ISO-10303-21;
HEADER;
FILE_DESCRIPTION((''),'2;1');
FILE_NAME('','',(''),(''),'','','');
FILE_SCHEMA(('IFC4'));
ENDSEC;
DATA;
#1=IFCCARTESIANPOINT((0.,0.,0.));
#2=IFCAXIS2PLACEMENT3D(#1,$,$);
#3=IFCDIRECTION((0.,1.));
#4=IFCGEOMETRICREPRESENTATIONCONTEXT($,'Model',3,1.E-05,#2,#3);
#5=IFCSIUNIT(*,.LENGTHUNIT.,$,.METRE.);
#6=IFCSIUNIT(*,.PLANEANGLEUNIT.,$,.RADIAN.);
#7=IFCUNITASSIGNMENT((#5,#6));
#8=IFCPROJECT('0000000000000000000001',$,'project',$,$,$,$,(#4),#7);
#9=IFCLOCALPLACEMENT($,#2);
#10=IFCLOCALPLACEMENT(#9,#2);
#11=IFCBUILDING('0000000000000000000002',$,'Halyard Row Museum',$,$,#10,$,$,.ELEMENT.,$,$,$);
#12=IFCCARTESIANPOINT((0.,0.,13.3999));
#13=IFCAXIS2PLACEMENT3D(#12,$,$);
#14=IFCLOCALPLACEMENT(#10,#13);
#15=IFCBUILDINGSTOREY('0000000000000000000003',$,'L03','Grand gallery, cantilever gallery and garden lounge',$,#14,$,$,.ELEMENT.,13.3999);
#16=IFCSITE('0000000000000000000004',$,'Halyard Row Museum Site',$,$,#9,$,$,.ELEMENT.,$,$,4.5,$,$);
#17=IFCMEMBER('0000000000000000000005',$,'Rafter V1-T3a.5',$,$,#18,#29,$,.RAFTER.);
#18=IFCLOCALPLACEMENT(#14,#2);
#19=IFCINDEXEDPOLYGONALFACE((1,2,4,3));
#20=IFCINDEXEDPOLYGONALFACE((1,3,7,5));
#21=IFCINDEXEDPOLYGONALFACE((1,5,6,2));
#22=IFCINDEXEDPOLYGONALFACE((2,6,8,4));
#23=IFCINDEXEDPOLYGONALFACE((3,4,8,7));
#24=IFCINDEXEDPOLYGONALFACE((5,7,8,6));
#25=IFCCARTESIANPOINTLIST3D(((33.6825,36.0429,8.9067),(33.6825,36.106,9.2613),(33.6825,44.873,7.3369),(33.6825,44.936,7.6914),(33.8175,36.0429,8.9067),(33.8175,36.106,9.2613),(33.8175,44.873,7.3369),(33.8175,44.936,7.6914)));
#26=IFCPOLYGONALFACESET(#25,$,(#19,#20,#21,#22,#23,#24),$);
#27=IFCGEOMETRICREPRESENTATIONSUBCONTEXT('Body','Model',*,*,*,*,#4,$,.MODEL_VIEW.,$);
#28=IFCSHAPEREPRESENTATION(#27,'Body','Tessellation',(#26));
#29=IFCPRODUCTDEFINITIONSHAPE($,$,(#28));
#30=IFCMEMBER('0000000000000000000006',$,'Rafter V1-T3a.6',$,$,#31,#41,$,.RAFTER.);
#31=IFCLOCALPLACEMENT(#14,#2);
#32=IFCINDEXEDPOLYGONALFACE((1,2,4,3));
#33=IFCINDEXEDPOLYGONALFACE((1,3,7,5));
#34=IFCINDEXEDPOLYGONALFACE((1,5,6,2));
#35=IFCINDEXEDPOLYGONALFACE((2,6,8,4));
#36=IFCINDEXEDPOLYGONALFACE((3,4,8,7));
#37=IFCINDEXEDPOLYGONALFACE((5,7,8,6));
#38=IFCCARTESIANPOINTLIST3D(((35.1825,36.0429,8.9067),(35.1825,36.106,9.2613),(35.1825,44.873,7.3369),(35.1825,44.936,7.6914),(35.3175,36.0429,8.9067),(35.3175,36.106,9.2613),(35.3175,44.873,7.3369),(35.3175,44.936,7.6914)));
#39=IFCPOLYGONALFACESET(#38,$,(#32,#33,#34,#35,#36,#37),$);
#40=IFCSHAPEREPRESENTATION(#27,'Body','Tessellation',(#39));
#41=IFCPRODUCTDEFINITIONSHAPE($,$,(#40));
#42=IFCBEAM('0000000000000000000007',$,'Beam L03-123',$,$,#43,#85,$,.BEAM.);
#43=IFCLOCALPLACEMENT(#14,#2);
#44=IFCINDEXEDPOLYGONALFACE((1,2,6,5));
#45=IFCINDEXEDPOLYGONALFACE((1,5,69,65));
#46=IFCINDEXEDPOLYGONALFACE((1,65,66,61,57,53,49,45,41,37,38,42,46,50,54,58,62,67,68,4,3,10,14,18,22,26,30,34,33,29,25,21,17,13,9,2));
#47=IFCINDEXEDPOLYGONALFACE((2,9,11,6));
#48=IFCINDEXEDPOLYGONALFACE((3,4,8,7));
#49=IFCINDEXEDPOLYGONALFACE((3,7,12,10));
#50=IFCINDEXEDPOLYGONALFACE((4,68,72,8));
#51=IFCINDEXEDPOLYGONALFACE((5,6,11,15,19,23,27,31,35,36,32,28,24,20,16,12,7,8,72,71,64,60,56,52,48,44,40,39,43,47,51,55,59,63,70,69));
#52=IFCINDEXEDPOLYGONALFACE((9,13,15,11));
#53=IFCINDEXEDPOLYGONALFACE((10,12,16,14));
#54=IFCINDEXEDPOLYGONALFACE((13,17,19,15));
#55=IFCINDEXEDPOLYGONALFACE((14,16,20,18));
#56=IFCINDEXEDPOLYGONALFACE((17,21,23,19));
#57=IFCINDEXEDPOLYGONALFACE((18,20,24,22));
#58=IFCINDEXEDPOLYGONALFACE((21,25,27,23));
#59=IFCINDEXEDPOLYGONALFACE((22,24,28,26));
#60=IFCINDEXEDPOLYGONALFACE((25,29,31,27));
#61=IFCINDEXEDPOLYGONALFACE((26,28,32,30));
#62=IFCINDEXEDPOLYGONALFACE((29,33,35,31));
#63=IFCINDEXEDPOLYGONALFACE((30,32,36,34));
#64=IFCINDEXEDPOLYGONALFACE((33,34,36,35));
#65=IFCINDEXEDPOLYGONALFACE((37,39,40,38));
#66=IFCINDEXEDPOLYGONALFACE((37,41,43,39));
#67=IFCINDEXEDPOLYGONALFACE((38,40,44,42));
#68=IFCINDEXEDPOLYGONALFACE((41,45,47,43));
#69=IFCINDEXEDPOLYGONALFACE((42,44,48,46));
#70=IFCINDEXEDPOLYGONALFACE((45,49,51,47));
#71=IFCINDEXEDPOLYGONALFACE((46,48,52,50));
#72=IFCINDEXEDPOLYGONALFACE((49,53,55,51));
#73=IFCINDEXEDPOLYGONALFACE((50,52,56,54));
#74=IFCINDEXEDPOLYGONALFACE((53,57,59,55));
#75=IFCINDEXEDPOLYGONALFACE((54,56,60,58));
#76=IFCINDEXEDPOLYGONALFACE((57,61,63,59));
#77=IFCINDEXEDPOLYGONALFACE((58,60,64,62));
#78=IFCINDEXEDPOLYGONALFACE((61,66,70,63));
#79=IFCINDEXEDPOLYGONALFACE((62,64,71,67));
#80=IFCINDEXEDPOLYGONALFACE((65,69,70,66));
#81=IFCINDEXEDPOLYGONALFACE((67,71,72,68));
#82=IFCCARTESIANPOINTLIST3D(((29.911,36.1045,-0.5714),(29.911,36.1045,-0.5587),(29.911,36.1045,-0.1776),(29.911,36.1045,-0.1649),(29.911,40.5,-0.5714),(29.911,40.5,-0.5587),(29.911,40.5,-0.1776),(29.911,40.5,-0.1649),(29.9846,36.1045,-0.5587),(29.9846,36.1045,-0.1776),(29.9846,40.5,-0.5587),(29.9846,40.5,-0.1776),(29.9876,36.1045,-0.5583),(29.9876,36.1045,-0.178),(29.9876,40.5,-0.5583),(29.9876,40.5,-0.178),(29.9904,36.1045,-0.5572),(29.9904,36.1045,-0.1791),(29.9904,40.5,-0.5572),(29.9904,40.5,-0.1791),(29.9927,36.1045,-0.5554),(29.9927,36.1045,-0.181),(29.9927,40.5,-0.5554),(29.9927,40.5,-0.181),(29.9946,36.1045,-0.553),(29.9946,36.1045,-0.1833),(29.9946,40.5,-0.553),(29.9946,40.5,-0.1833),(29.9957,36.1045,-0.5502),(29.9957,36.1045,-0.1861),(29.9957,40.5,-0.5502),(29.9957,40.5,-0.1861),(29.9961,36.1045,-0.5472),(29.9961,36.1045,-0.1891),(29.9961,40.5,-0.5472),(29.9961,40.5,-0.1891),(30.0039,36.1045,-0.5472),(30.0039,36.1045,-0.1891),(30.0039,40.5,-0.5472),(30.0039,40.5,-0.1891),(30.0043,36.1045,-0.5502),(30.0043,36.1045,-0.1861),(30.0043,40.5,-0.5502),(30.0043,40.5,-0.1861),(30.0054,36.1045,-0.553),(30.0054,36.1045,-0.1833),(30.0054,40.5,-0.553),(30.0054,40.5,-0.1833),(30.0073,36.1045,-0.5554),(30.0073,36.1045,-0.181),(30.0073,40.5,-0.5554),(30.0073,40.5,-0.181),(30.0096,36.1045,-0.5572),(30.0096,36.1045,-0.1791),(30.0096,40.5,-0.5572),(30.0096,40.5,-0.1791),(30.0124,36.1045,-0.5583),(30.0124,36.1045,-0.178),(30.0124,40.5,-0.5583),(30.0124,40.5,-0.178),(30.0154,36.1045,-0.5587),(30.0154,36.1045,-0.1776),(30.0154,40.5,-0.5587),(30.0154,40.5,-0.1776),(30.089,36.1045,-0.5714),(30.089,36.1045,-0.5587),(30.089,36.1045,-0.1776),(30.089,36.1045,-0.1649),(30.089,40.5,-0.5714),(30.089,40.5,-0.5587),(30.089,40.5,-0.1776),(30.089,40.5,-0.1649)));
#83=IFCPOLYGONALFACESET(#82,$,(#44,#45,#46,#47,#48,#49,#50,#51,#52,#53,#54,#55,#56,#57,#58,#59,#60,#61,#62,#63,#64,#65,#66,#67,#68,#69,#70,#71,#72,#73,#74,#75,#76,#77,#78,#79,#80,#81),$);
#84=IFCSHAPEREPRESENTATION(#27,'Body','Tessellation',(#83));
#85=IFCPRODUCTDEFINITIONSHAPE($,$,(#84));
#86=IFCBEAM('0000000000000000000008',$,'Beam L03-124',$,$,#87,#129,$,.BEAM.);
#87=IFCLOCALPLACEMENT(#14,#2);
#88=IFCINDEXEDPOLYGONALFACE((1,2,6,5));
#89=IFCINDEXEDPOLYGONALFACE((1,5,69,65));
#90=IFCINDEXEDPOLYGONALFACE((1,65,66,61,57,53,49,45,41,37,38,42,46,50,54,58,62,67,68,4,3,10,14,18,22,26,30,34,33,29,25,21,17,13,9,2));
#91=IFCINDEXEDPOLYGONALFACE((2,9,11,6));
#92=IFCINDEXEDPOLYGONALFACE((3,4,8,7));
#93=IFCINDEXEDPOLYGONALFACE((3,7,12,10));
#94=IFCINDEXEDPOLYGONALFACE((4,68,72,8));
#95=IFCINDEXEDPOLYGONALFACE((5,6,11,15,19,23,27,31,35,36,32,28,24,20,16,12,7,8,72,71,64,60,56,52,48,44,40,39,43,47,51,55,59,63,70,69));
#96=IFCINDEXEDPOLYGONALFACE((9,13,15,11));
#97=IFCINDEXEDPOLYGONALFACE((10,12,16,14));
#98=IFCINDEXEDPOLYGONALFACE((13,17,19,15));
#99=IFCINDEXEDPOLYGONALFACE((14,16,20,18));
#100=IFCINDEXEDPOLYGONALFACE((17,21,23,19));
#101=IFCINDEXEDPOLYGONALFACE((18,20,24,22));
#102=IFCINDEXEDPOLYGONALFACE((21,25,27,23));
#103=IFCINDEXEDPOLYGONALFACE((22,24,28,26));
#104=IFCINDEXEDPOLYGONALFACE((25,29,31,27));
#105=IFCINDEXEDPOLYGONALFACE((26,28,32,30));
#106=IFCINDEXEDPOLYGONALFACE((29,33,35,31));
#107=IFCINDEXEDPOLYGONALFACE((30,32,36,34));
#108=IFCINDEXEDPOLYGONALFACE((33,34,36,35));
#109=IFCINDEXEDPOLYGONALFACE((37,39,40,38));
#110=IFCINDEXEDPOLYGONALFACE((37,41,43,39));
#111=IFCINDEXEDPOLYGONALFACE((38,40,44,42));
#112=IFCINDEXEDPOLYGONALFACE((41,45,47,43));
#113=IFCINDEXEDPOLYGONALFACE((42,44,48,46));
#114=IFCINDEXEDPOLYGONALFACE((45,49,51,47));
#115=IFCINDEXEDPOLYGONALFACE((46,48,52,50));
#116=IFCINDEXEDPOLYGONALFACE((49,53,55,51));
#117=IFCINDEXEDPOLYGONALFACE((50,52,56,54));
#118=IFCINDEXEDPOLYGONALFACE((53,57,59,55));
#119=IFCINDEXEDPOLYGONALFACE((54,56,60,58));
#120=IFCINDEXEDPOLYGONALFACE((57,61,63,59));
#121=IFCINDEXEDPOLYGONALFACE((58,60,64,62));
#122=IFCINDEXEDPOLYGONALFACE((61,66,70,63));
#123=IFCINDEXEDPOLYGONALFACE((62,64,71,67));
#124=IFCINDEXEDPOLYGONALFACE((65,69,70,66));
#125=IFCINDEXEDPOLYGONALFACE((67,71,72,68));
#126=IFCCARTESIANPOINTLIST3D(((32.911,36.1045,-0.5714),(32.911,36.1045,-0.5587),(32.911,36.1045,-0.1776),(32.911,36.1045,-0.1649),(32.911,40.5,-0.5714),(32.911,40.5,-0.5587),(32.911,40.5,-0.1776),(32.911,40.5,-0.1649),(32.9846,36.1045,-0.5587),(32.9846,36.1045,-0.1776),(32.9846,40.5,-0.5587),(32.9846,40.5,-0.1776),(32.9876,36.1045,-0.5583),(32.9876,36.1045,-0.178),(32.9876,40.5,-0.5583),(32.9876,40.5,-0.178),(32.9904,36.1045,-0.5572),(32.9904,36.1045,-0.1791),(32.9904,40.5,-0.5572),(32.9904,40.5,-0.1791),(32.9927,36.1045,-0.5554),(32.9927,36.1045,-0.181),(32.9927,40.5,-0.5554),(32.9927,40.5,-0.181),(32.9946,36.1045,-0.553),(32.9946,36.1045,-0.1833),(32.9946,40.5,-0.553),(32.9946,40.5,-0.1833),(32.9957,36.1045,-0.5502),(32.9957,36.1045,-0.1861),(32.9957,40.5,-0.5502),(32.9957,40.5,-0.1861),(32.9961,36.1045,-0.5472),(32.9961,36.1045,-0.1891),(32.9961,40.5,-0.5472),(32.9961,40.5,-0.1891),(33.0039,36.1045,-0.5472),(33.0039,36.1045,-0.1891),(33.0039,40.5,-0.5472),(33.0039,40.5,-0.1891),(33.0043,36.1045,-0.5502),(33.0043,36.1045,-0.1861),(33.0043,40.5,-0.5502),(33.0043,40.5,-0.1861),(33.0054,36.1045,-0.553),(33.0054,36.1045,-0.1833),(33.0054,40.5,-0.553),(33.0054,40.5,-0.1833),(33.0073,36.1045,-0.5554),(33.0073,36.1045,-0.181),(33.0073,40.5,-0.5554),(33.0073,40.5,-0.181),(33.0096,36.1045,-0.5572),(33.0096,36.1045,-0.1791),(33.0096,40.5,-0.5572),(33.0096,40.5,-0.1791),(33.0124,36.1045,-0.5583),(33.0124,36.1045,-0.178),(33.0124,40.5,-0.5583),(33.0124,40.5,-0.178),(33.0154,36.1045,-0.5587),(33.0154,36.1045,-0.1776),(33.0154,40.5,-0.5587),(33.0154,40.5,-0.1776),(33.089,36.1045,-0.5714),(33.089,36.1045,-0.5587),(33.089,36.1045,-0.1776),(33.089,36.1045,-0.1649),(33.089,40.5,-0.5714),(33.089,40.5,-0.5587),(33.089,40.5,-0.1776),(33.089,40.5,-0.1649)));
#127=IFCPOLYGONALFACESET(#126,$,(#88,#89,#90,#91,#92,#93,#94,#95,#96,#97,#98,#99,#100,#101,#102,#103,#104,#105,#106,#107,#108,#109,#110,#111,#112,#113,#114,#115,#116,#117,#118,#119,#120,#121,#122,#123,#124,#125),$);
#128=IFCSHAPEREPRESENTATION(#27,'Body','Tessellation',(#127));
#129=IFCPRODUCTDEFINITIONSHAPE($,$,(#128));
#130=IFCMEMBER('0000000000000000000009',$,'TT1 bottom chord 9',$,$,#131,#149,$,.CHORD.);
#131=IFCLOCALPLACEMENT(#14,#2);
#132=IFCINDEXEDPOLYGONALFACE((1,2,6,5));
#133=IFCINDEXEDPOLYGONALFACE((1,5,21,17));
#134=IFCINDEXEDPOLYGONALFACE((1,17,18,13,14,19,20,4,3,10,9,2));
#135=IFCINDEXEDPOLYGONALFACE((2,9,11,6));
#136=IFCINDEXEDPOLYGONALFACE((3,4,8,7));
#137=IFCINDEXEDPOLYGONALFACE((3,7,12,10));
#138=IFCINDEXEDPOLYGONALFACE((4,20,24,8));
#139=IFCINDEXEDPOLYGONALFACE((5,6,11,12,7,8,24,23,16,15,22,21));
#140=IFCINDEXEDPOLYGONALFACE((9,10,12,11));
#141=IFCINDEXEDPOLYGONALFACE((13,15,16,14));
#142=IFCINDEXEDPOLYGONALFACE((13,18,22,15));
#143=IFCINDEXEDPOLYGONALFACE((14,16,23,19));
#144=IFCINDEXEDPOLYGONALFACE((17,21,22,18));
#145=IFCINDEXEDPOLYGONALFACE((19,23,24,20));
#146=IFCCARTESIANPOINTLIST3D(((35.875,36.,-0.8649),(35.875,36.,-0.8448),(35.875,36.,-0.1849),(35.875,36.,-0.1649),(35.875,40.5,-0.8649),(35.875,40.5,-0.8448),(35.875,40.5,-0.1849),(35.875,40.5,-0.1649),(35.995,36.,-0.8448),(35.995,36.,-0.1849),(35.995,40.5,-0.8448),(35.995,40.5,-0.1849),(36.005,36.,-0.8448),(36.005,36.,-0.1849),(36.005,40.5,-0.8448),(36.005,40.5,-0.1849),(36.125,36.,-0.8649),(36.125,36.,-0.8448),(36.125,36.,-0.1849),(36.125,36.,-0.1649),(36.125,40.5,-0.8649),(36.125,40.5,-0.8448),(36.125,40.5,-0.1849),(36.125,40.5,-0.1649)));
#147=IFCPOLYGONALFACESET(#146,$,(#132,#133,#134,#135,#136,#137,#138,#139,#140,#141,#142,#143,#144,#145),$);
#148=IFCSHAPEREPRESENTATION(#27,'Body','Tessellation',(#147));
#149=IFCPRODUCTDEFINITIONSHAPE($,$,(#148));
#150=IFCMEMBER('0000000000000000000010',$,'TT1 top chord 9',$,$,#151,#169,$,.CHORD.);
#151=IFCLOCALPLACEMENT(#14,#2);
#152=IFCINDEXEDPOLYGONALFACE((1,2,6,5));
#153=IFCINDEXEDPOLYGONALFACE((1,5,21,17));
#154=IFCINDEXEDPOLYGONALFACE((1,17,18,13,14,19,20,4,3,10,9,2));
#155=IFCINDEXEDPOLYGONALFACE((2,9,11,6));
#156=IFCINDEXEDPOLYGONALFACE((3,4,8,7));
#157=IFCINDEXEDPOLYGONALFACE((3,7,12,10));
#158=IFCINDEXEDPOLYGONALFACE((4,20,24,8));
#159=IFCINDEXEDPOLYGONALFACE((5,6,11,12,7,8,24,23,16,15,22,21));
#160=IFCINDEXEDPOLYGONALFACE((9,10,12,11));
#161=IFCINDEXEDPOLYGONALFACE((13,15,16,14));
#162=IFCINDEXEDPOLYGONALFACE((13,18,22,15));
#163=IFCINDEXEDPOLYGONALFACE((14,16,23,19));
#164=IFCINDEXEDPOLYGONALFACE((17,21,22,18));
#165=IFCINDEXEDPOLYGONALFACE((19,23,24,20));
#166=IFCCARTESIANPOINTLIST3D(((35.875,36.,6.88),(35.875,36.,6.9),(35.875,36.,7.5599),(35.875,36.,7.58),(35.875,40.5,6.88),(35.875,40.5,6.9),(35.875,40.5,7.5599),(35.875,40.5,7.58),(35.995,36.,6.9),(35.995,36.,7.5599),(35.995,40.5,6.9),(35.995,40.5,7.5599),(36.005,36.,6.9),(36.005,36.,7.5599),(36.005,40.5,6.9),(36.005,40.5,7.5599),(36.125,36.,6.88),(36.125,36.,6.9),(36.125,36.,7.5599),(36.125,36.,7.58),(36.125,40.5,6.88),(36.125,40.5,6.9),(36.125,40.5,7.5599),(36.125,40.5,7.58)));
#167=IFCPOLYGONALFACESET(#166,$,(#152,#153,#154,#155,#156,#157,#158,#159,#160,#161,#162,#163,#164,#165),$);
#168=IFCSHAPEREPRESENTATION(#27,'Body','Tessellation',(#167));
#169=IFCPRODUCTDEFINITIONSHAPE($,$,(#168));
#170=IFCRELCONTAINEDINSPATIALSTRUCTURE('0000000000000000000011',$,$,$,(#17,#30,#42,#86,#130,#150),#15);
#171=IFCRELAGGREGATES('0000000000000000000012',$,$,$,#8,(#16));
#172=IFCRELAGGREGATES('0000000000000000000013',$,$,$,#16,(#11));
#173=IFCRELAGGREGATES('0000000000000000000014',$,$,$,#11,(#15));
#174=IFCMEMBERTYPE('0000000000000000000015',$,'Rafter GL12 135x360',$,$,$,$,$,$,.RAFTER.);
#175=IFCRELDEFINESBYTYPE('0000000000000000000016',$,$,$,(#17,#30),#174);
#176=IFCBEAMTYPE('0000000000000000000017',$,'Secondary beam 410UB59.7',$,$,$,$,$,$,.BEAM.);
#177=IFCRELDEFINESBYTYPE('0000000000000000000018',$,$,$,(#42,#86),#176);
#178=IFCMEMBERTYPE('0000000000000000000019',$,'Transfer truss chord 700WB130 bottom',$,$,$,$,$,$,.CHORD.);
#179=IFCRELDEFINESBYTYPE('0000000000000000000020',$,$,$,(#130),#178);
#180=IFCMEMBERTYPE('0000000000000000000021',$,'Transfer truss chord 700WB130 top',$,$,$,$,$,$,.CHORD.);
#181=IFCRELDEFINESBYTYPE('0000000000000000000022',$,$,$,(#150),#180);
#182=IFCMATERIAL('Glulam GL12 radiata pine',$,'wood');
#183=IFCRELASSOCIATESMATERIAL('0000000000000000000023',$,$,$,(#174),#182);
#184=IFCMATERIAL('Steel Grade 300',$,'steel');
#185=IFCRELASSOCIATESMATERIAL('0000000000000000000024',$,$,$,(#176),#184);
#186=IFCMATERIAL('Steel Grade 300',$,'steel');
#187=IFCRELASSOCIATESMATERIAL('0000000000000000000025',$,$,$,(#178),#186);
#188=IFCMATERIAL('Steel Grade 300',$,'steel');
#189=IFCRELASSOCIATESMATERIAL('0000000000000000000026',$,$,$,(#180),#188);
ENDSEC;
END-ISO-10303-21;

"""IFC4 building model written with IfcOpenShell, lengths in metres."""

from ifc_helpers import new_model, si_unit, direction, frame, origin, origin_2d, place, context, subcontext, project, spatial, rectangle, i_section, extrude, material, material_profile, profile_set, type_object, element, save


model = new_model("IFC4")

# Units and contexts
model_context = context("Model", 3, precision=1e-05, world=origin(), true_north=direction((0.0, 1.0)))
body_context = subcontext(model_context, "Body", "Model", "MODEL_VIEW")
ifc_project = project(units=[si_unit("LENGTHUNIT", "METRE"), si_unit("PLANEANGLEUNIT", "RADIAN")], contexts=[model_context])

# Site, building, storey
site_placement = place(None, origin())
site = spatial("IfcSite", under=ifc_project, at=site_placement, Name="Halyard Row Museum Site", CompositionType="ELEMENT", RefElevation=4.5)
building_placement = place(site_placement, origin())
building = spatial("IfcBuilding", under=site, at=building_placement, Name="Halyard Row Museum", CompositionType="ELEMENT")
storey_placement = place(building_placement, frame((0.0, 0.0, 13.3999)))
storey = spatial("IfcBuildingStorey", under=building, at=storey_placement, Name="L03", Description="Grand gallery, cantilever gallery and garden lounge", CompositionType="ELEMENT", Elevation=13.3999)

# Members
ifc_material_1 = material(Name="Glulam GL12 radiata pine", Category="wood")
ifc_material_profile_1 = material_profile(ifc_material_1, rectangle(XDim=0.135, YDim=0.3601, at=origin_2d()), Name="GL12 135x360")
ifc_profile_set_1 = profile_set([ifc_material_profile_1], Name="Glulam GL12 radiata pine")
member_type_1 = type_object("IfcMemberType", Name="Rafter GL12 135x360", PredefinedType="RAFTER", material=ifc_profile_set_1)
for number, where, z_axis, x_axis, name in (
    (1, (33.75, 36.0745, 9.084), (0.0, 0.984562, -0.175037), (-1.0, 0.0, 0.0), "Rafter V1-T3a.5"),
    (2, (35.25, 36.0745, 9.084), (0.0, 0.984562, -0.175037), (-1.0, 0.0, 0.0), "Rafter V1-T3a.6"),
):
    element("IfcMember", number, at=place(storey_placement, frame(where, z_axis=z_axis, x_axis=x_axis)), inside=storey, type_object=member_type_1, Name=name, PredefinedType="RAFTER", context=body_context, shape_type="SweptSolid", body=[
        extrude(rectangle(XDim=0.135, YDim=0.3601, at=origin_2d()), origin(), (0.0, 0.0, 1.0), 8.9685),
    ])

# Beams
ifc_material_2 = material(Name="Steel Grade 300", Category="steel")
ifc_material_profile_2 = material_profile(ifc_material_2, i_section(OverallWidth=0.178, OverallDepth=0.4065, WebThickness=0.0078, FlangeThickness=0.0127, FilletRadius=0.0115, at=origin_2d()), Name="410UB59.7")
ifc_profile_set_2 = profile_set([ifc_material_profile_2], Name="Steel Grade 300")
beam_type_1 = type_object("IfcBeamType", Name="Secondary beam 410UB59.7", PredefinedType="BEAM", material=ifc_profile_set_2)
for number, where, z_axis, x_axis, name in (
    (3, (30.0, 36.1045, -0.3682), (0.0, 1.0, 0.0), (-1.0, 0.0, 0.0), "Beam L03-123"),
    (4, (33.0, 36.1045, -0.3682), (0.0, 1.0, 0.0), (-1.0, 0.0, 0.0), "Beam L03-124"),
):
    element("IfcBeam", number, at=place(storey_placement, frame(where, z_axis=z_axis, x_axis=x_axis)), inside=storey, type_object=beam_type_1, Name=name, PredefinedType="BEAM", context=body_context, shape_type="SweptSolid", body=[
        extrude(i_section(OverallWidth=0.178, OverallDepth=0.4065, WebThickness=0.0078, FlangeThickness=0.0127, FilletRadius=0.0115, at=origin_2d()), origin(), (0.0, 0.0, 1.0), 4.3955),
    ])

# Members
ifc_material_3 = material(Name="Steel Grade 300", Category="steel")
ifc_material_profile_3 = material_profile(ifc_material_3, i_section(OverallWidth=0.25, OverallDepth=0.7, WebThickness=0.01, FlangeThickness=0.02, at=origin_2d()), Name="700WB130")
ifc_profile_set_3 = profile_set([ifc_material_profile_3], Name="Steel Grade 300")
member_type_2 = type_object("IfcMemberType", Name="Transfer truss chord 700WB130 bottom", PredefinedType="CHORD", material=ifc_profile_set_3)
member_1_placement = place(storey_placement, frame((36.0, 36.0, -0.5149), z_axis=(0.0, 1.0, 0.0), x_axis=(-1.0, 0.0, 0.0)))
element("IfcMember", 5, at=member_1_placement, inside=storey, type_object=member_type_2, Name="TT1 bottom chord 9", PredefinedType="CHORD", context=body_context, shape_type="SweptSolid", body=[
    extrude(i_section(OverallWidth=0.25, OverallDepth=0.7, WebThickness=0.01, FlangeThickness=0.02, at=origin_2d()), origin(), (0.0, 0.0, 1.0), 4.5),
])
ifc_material_4 = material(Name="Steel Grade 300", Category="steel")
ifc_material_profile_4 = material_profile(ifc_material_4, i_section(OverallWidth=0.25, OverallDepth=0.7, WebThickness=0.01, FlangeThickness=0.02, at=origin_2d()), Name="700WB130")
ifc_profile_set_4 = profile_set([ifc_material_profile_4], Name="Steel Grade 300")
member_type_3 = type_object("IfcMemberType", Name="Transfer truss chord 700WB130 top", PredefinedType="CHORD", material=ifc_profile_set_4)
member_2_placement = place(storey_placement, frame((36.0, 36.0, 7.23), z_axis=(0.0, 1.0, 0.0), x_axis=(-1.0, 0.0, 0.0)))
element("IfcMember", 6, at=member_2_placement, inside=storey, type_object=member_type_3, Name="TT1 top chord 9", PredefinedType="CHORD", context=body_context, shape_type="SweptSolid", body=[
    extrude(i_section(OverallWidth=0.25, OverallDepth=0.7, WebThickness=0.01, FlangeThickness=0.02, at=origin_2d()), origin(), (0.0, 0.0, 1.0), 4.5),
])

save(model, "model.ifc")
